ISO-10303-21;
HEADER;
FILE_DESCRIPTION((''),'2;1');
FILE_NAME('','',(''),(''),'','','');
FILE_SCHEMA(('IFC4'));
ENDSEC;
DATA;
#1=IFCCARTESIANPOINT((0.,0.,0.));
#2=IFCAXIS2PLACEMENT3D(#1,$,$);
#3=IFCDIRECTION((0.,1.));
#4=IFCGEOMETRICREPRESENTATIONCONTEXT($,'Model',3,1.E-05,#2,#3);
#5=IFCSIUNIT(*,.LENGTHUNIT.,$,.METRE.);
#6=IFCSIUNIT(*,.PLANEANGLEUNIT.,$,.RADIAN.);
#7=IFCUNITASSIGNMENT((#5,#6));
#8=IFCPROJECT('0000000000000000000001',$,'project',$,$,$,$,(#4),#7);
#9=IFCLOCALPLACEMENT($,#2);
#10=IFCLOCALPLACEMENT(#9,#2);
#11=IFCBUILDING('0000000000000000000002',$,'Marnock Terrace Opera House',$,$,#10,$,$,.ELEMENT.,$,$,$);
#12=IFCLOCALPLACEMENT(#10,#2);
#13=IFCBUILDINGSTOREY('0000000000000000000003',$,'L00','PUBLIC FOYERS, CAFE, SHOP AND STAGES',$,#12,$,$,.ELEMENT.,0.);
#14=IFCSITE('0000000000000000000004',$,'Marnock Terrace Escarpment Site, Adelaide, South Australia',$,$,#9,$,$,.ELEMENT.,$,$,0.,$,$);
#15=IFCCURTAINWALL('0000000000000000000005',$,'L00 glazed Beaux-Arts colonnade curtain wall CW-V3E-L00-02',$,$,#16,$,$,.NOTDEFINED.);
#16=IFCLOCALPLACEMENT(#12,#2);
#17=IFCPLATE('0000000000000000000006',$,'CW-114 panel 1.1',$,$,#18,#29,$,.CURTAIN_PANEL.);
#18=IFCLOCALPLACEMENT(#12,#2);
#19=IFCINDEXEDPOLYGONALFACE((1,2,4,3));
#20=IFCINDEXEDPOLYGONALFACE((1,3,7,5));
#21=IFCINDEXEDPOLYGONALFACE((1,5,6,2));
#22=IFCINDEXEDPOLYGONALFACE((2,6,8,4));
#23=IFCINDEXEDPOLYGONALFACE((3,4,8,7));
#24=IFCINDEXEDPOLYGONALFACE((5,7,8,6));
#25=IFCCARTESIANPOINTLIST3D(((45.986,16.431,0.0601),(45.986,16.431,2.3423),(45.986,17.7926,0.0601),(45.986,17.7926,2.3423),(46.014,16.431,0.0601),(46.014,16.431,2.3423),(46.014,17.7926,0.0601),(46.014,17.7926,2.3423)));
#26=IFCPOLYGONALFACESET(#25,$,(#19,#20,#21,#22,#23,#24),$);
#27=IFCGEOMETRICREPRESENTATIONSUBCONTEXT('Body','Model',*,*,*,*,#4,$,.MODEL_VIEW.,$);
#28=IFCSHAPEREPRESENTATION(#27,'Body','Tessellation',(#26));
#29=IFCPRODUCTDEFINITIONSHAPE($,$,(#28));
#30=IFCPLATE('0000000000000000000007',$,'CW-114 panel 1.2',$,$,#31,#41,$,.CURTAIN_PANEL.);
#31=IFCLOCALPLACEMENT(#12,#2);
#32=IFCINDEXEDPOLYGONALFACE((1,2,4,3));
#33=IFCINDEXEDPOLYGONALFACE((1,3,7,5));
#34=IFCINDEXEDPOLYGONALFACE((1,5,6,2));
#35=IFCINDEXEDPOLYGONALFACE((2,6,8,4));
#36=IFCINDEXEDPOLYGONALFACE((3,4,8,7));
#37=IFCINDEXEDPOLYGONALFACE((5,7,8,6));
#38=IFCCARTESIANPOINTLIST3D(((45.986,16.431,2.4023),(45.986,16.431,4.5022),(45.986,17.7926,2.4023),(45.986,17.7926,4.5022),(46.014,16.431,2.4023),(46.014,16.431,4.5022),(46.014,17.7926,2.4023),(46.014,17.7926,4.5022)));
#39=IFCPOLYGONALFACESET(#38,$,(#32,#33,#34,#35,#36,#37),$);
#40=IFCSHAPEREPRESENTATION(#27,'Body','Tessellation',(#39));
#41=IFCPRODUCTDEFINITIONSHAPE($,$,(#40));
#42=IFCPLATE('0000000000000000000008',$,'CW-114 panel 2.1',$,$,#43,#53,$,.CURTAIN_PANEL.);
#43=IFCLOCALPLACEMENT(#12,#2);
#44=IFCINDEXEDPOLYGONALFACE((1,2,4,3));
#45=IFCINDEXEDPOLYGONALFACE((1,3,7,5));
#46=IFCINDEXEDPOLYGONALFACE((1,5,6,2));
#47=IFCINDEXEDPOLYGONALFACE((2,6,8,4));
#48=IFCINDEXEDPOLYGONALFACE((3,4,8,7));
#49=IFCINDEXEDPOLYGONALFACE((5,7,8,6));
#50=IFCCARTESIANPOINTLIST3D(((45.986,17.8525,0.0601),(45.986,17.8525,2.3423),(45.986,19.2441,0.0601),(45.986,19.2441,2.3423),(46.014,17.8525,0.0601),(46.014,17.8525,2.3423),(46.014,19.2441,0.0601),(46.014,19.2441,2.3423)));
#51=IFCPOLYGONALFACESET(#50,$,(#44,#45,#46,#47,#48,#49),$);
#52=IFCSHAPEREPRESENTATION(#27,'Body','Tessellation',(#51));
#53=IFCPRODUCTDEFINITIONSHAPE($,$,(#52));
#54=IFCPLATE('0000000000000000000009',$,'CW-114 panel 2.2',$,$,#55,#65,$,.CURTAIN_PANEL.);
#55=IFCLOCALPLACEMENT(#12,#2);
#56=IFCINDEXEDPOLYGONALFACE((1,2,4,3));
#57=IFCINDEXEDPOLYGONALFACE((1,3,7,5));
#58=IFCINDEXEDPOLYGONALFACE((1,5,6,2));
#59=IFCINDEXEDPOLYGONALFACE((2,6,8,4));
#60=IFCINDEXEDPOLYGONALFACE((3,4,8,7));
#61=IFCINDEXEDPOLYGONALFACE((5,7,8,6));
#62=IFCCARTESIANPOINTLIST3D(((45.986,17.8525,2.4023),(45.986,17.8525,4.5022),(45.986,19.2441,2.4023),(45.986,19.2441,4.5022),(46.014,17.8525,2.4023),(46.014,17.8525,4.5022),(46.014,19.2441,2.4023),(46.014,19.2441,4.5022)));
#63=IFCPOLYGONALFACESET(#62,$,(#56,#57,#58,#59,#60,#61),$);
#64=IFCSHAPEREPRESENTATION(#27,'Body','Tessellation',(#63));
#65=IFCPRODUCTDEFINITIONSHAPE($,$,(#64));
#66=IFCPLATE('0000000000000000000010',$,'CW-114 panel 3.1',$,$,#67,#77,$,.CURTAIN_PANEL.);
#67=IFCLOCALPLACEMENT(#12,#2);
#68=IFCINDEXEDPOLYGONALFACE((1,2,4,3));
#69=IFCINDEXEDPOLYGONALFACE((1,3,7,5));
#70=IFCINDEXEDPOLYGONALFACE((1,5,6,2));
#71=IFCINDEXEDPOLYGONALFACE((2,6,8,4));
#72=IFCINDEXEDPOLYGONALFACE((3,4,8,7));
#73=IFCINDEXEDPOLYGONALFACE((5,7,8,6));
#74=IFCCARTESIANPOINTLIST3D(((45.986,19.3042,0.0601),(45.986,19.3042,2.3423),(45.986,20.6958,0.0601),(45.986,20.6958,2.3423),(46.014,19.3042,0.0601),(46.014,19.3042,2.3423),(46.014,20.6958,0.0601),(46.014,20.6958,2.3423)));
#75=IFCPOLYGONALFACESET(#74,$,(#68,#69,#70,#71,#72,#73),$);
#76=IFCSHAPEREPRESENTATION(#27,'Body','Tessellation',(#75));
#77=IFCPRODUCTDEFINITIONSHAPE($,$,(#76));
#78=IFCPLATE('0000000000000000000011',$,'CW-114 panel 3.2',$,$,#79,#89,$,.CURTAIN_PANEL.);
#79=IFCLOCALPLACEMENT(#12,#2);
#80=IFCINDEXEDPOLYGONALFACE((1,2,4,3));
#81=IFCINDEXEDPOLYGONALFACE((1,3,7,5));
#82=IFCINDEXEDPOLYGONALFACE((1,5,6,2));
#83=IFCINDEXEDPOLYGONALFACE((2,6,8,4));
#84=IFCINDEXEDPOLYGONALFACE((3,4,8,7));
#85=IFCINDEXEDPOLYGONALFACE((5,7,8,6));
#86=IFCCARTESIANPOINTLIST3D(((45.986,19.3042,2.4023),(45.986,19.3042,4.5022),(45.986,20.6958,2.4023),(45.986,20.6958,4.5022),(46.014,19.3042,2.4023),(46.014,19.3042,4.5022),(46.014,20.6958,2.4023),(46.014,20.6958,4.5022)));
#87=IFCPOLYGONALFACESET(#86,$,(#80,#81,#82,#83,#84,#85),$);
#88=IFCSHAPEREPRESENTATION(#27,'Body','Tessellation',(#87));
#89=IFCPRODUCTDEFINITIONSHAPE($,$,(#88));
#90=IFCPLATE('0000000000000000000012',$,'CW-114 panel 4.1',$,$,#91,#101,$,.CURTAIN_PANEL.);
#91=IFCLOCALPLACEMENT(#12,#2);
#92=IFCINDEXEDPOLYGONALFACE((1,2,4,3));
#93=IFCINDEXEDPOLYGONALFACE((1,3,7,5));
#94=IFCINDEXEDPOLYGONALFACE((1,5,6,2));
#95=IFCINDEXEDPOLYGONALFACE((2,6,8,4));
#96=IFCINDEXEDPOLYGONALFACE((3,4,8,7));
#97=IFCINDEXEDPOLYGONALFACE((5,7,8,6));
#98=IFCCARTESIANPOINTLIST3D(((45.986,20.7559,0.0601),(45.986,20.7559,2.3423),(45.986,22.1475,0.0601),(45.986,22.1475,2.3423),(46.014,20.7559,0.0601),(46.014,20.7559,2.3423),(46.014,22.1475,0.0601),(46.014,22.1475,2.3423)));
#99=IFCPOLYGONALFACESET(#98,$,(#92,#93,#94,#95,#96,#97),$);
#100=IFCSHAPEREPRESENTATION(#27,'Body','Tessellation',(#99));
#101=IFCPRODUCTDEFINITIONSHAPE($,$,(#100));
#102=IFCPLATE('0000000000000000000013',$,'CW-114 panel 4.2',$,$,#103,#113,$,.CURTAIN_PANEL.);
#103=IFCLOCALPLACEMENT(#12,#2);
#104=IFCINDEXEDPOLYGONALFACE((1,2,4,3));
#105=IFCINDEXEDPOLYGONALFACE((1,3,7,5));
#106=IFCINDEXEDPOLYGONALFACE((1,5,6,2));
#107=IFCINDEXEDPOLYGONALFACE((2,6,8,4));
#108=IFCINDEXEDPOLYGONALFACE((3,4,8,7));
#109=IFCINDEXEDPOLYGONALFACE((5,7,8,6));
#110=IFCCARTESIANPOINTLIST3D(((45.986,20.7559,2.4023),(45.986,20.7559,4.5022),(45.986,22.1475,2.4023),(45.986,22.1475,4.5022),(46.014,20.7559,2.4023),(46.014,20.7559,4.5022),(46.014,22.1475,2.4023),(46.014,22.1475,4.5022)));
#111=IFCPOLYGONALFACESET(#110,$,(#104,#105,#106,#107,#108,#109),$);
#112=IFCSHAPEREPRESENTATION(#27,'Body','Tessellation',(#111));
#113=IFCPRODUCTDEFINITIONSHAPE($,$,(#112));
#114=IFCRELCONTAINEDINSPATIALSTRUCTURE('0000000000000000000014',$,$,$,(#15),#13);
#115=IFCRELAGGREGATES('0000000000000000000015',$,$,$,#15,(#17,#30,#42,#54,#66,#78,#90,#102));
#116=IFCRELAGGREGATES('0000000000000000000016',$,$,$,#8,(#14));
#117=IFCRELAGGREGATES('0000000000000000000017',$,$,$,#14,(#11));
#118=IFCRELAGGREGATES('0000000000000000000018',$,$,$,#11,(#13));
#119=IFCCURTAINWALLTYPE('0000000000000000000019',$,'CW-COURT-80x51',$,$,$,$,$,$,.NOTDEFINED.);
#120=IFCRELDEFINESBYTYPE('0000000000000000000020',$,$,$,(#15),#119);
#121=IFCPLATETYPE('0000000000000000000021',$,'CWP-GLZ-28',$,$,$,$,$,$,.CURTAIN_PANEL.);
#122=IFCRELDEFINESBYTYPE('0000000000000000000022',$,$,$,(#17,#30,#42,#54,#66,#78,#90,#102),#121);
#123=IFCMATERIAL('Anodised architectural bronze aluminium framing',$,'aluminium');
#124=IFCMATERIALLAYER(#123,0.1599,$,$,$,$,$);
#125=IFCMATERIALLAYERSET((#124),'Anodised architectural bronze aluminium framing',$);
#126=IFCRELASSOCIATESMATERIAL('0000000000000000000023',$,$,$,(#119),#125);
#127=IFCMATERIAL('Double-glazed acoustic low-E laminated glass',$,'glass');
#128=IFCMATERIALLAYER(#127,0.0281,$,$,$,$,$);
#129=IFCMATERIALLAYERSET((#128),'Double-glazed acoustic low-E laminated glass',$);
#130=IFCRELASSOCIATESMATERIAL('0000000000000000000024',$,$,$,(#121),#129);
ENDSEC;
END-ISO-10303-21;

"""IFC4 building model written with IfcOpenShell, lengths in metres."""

from ifc_helpers import new_model, si_unit, direction, frame, origin, origin_2d, place, context, subcontext, project, spatial, rectangle, extrude, material, layer, layer_set, type_object, element, aggregate, save


model = new_model("IFC4")

# Units and contexts
model_context = context("Model", 3, precision=1e-05, world=origin(), true_north=direction((0.0, 1.0)))
body_context = subcontext(model_context, "Body", "Model", "MODEL_VIEW")
ifc_project = project(units=[si_unit("LENGTHUNIT", "METRE"), si_unit("PLANEANGLEUNIT", "RADIAN")], contexts=[model_context])

# Site, building, storey
site_placement = place(None, origin())
site = spatial("IfcSite", under=ifc_project, at=site_placement, Name="Marnock Terrace Escarpment Site, Adelaide, South Australia", CompositionType="ELEMENT", RefElevation=0.0)
building_placement = place(site_placement, origin())
building = spatial("IfcBuilding", under=site, at=building_placement, Name="Marnock Terrace Opera House", CompositionType="ELEMENT")
storey_placement = place(building_placement, origin())
storey = spatial("IfcBuildingStorey", under=building, at=storey_placement, Name="L00", Description="PUBLIC FOYERS, CAFE, SHOP AND STAGES", CompositionType="ELEMENT", Elevation=0.0)

# Curtain wall, plates
ifc_material_1 = material(Name="Anodised architectural bronze aluminium framing", Category="aluminium")
ifc_layer_1 = layer(ifc_material_1, 0.1599)
ifc_layer_set_1 = layer_set([ifc_layer_1], Name="Anodised architectural bronze aluminium framing")
curtain_wall_type = type_object("IfcCurtainWallType", Name="CW-COURT-80x51", PredefinedType="NOTDEFINED", material=ifc_layer_set_1)
curtain_wall_placement = place(storey_placement, origin())
curtain_wall = element("IfcCurtainWall", 1, at=curtain_wall_placement, inside=storey, type_object=curtain_wall_type, Name="L00 glazed Beaux-Arts colonnade curtain wall CW-V3E-L00-02", PredefinedType="NOTDEFINED")
ifc_material_2 = material(Name="Double-glazed acoustic low-E laminated glass", Category="glass")
ifc_layer_2 = layer(ifc_material_2, 0.0281)
ifc_layer_set_2 = layer_set([ifc_layer_2], Name="Double-glazed acoustic low-E laminated glass")
plate_type = type_object("IfcPlateType", Name="CWP-GLZ-28", PredefinedType="CURTAIN_PANEL", material=ifc_layer_set_2)
plate_1_placement = place(storey_placement, frame((46.0, 17.1118, 0.0601), z_axis=(0.0, 0.0, 1.0), x_axis=(0.0, 1.0, 0.0)))
plate_1 = element("IfcPlate", 2, at=plate_1_placement, type_object=plate_type, Name="CW-114 panel 1.1", PredefinedType="CURTAIN_PANEL", context=body_context, shape_type="SweptSolid", body=[
    extrude(rectangle(XDim=1.3616, YDim=0.0281, at=origin_2d()), origin(), (0.0, 0.0, 1.0), 2.2822),
])
plate_2_placement = place(storey_placement, frame((46.0, 17.1118, 2.4023), z_axis=(0.0, 0.0, 1.0), x_axis=(0.0, 1.0, 0.0)))
plate_2 = element("IfcPlate", 3, at=plate_2_placement, type_object=plate_type, Name="CW-114 panel 1.2", PredefinedType="CURTAIN_PANEL", context=body_context, shape_type="SweptSolid", body=[
    extrude(rectangle(XDim=1.3616, YDim=0.0281, at=origin_2d()), origin(), (0.0, 0.0, 1.0), 2.0999),
])
plate_3_placement = place(storey_placement, frame((46.0, 18.5483, 0.0601), z_axis=(0.0, 0.0, 1.0), x_axis=(0.0, 1.0, 0.0)))
plate_3 = element("IfcPlate", 4, at=plate_3_placement, type_object=plate_type, Name="CW-114 panel 2.1", PredefinedType="CURTAIN_PANEL", context=body_context, shape_type="SweptSolid", body=[
    extrude(rectangle(XDim=1.3916, YDim=0.0281, at=origin_2d()), origin(), (0.0, 0.0, 1.0), 2.2822),
])
plate_4_placement = place(storey_placement, frame((46.0, 18.5483, 2.4023), z_axis=(0.0, 0.0, 1.0), x_axis=(0.0, 1.0, 0.0)))
plate_4 = element("IfcPlate", 5, at=plate_4_placement, type_object=plate_type, Name="CW-114 panel 2.2", PredefinedType="CURTAIN_PANEL", context=body_context, shape_type="SweptSolid", body=[
    extrude(rectangle(XDim=1.3916, YDim=0.0281, at=origin_2d()), origin(), (0.0, 0.0, 1.0), 2.0999),
])
plate_5_placement = place(storey_placement, frame((46.0, 20.0, 0.0601), z_axis=(0.0, 0.0, 1.0), x_axis=(0.0, 1.0, 0.0)))
plate_5 = element("IfcPlate", 6, at=plate_5_placement, type_object=plate_type, Name="CW-114 panel 3.1", PredefinedType="CURTAIN_PANEL", context=body_context, shape_type="SweptSolid", body=[
    extrude(rectangle(XDim=1.3916, YDim=0.0281, at=origin_2d()), origin(), (0.0, 0.0, 1.0), 2.2822),
])
plate_6_placement = place(storey_placement, frame((46.0, 20.0, 2.4023), z_axis=(0.0, 0.0, 1.0), x_axis=(0.0, 1.0, 0.0)))
plate_6 = element("IfcPlate", 7, at=plate_6_placement, type_object=plate_type, Name="CW-114 panel 3.2", PredefinedType="CURTAIN_PANEL", context=body_context, shape_type="SweptSolid", body=[
    extrude(rectangle(XDim=1.3916, YDim=0.0281, at=origin_2d()), origin(), (0.0, 0.0, 1.0), 2.0999),
])
plate_7_placement = place(storey_placement, frame((46.0, 21.4517, 0.0601), z_axis=(0.0, 0.0, 1.0), x_axis=(0.0, 1.0, 0.0)))
plate_7 = element("IfcPlate", 8, at=plate_7_placement, type_object=plate_type, Name="CW-114 panel 4.1", PredefinedType="CURTAIN_PANEL", context=body_context, shape_type="SweptSolid", body=[
    extrude(rectangle(XDim=1.3916, YDim=0.0281, at=origin_2d()), origin(), (0.0, 0.0, 1.0), 2.2822),
])
plate_8_placement = place(storey_placement, frame((46.0, 21.4517, 2.4023), z_axis=(0.0, 0.0, 1.0), x_axis=(0.0, 1.0, 0.0)))
plate_8 = element("IfcPlate", 9, at=plate_8_placement, type_object=plate_type, Name="CW-114 panel 4.2", PredefinedType="CURTAIN_PANEL", context=body_context, shape_type="SweptSolid", body=[
    extrude(rectangle(XDim=1.3916, YDim=0.0281, at=origin_2d()), origin(), (0.0, 0.0, 1.0), 2.0999),
])
aggregate(curtain_wall, [plate_1, plate_2, plate_3, plate_4, plate_5, plate_6, plate_7, plate_8])

save(model, "model.ifc")
